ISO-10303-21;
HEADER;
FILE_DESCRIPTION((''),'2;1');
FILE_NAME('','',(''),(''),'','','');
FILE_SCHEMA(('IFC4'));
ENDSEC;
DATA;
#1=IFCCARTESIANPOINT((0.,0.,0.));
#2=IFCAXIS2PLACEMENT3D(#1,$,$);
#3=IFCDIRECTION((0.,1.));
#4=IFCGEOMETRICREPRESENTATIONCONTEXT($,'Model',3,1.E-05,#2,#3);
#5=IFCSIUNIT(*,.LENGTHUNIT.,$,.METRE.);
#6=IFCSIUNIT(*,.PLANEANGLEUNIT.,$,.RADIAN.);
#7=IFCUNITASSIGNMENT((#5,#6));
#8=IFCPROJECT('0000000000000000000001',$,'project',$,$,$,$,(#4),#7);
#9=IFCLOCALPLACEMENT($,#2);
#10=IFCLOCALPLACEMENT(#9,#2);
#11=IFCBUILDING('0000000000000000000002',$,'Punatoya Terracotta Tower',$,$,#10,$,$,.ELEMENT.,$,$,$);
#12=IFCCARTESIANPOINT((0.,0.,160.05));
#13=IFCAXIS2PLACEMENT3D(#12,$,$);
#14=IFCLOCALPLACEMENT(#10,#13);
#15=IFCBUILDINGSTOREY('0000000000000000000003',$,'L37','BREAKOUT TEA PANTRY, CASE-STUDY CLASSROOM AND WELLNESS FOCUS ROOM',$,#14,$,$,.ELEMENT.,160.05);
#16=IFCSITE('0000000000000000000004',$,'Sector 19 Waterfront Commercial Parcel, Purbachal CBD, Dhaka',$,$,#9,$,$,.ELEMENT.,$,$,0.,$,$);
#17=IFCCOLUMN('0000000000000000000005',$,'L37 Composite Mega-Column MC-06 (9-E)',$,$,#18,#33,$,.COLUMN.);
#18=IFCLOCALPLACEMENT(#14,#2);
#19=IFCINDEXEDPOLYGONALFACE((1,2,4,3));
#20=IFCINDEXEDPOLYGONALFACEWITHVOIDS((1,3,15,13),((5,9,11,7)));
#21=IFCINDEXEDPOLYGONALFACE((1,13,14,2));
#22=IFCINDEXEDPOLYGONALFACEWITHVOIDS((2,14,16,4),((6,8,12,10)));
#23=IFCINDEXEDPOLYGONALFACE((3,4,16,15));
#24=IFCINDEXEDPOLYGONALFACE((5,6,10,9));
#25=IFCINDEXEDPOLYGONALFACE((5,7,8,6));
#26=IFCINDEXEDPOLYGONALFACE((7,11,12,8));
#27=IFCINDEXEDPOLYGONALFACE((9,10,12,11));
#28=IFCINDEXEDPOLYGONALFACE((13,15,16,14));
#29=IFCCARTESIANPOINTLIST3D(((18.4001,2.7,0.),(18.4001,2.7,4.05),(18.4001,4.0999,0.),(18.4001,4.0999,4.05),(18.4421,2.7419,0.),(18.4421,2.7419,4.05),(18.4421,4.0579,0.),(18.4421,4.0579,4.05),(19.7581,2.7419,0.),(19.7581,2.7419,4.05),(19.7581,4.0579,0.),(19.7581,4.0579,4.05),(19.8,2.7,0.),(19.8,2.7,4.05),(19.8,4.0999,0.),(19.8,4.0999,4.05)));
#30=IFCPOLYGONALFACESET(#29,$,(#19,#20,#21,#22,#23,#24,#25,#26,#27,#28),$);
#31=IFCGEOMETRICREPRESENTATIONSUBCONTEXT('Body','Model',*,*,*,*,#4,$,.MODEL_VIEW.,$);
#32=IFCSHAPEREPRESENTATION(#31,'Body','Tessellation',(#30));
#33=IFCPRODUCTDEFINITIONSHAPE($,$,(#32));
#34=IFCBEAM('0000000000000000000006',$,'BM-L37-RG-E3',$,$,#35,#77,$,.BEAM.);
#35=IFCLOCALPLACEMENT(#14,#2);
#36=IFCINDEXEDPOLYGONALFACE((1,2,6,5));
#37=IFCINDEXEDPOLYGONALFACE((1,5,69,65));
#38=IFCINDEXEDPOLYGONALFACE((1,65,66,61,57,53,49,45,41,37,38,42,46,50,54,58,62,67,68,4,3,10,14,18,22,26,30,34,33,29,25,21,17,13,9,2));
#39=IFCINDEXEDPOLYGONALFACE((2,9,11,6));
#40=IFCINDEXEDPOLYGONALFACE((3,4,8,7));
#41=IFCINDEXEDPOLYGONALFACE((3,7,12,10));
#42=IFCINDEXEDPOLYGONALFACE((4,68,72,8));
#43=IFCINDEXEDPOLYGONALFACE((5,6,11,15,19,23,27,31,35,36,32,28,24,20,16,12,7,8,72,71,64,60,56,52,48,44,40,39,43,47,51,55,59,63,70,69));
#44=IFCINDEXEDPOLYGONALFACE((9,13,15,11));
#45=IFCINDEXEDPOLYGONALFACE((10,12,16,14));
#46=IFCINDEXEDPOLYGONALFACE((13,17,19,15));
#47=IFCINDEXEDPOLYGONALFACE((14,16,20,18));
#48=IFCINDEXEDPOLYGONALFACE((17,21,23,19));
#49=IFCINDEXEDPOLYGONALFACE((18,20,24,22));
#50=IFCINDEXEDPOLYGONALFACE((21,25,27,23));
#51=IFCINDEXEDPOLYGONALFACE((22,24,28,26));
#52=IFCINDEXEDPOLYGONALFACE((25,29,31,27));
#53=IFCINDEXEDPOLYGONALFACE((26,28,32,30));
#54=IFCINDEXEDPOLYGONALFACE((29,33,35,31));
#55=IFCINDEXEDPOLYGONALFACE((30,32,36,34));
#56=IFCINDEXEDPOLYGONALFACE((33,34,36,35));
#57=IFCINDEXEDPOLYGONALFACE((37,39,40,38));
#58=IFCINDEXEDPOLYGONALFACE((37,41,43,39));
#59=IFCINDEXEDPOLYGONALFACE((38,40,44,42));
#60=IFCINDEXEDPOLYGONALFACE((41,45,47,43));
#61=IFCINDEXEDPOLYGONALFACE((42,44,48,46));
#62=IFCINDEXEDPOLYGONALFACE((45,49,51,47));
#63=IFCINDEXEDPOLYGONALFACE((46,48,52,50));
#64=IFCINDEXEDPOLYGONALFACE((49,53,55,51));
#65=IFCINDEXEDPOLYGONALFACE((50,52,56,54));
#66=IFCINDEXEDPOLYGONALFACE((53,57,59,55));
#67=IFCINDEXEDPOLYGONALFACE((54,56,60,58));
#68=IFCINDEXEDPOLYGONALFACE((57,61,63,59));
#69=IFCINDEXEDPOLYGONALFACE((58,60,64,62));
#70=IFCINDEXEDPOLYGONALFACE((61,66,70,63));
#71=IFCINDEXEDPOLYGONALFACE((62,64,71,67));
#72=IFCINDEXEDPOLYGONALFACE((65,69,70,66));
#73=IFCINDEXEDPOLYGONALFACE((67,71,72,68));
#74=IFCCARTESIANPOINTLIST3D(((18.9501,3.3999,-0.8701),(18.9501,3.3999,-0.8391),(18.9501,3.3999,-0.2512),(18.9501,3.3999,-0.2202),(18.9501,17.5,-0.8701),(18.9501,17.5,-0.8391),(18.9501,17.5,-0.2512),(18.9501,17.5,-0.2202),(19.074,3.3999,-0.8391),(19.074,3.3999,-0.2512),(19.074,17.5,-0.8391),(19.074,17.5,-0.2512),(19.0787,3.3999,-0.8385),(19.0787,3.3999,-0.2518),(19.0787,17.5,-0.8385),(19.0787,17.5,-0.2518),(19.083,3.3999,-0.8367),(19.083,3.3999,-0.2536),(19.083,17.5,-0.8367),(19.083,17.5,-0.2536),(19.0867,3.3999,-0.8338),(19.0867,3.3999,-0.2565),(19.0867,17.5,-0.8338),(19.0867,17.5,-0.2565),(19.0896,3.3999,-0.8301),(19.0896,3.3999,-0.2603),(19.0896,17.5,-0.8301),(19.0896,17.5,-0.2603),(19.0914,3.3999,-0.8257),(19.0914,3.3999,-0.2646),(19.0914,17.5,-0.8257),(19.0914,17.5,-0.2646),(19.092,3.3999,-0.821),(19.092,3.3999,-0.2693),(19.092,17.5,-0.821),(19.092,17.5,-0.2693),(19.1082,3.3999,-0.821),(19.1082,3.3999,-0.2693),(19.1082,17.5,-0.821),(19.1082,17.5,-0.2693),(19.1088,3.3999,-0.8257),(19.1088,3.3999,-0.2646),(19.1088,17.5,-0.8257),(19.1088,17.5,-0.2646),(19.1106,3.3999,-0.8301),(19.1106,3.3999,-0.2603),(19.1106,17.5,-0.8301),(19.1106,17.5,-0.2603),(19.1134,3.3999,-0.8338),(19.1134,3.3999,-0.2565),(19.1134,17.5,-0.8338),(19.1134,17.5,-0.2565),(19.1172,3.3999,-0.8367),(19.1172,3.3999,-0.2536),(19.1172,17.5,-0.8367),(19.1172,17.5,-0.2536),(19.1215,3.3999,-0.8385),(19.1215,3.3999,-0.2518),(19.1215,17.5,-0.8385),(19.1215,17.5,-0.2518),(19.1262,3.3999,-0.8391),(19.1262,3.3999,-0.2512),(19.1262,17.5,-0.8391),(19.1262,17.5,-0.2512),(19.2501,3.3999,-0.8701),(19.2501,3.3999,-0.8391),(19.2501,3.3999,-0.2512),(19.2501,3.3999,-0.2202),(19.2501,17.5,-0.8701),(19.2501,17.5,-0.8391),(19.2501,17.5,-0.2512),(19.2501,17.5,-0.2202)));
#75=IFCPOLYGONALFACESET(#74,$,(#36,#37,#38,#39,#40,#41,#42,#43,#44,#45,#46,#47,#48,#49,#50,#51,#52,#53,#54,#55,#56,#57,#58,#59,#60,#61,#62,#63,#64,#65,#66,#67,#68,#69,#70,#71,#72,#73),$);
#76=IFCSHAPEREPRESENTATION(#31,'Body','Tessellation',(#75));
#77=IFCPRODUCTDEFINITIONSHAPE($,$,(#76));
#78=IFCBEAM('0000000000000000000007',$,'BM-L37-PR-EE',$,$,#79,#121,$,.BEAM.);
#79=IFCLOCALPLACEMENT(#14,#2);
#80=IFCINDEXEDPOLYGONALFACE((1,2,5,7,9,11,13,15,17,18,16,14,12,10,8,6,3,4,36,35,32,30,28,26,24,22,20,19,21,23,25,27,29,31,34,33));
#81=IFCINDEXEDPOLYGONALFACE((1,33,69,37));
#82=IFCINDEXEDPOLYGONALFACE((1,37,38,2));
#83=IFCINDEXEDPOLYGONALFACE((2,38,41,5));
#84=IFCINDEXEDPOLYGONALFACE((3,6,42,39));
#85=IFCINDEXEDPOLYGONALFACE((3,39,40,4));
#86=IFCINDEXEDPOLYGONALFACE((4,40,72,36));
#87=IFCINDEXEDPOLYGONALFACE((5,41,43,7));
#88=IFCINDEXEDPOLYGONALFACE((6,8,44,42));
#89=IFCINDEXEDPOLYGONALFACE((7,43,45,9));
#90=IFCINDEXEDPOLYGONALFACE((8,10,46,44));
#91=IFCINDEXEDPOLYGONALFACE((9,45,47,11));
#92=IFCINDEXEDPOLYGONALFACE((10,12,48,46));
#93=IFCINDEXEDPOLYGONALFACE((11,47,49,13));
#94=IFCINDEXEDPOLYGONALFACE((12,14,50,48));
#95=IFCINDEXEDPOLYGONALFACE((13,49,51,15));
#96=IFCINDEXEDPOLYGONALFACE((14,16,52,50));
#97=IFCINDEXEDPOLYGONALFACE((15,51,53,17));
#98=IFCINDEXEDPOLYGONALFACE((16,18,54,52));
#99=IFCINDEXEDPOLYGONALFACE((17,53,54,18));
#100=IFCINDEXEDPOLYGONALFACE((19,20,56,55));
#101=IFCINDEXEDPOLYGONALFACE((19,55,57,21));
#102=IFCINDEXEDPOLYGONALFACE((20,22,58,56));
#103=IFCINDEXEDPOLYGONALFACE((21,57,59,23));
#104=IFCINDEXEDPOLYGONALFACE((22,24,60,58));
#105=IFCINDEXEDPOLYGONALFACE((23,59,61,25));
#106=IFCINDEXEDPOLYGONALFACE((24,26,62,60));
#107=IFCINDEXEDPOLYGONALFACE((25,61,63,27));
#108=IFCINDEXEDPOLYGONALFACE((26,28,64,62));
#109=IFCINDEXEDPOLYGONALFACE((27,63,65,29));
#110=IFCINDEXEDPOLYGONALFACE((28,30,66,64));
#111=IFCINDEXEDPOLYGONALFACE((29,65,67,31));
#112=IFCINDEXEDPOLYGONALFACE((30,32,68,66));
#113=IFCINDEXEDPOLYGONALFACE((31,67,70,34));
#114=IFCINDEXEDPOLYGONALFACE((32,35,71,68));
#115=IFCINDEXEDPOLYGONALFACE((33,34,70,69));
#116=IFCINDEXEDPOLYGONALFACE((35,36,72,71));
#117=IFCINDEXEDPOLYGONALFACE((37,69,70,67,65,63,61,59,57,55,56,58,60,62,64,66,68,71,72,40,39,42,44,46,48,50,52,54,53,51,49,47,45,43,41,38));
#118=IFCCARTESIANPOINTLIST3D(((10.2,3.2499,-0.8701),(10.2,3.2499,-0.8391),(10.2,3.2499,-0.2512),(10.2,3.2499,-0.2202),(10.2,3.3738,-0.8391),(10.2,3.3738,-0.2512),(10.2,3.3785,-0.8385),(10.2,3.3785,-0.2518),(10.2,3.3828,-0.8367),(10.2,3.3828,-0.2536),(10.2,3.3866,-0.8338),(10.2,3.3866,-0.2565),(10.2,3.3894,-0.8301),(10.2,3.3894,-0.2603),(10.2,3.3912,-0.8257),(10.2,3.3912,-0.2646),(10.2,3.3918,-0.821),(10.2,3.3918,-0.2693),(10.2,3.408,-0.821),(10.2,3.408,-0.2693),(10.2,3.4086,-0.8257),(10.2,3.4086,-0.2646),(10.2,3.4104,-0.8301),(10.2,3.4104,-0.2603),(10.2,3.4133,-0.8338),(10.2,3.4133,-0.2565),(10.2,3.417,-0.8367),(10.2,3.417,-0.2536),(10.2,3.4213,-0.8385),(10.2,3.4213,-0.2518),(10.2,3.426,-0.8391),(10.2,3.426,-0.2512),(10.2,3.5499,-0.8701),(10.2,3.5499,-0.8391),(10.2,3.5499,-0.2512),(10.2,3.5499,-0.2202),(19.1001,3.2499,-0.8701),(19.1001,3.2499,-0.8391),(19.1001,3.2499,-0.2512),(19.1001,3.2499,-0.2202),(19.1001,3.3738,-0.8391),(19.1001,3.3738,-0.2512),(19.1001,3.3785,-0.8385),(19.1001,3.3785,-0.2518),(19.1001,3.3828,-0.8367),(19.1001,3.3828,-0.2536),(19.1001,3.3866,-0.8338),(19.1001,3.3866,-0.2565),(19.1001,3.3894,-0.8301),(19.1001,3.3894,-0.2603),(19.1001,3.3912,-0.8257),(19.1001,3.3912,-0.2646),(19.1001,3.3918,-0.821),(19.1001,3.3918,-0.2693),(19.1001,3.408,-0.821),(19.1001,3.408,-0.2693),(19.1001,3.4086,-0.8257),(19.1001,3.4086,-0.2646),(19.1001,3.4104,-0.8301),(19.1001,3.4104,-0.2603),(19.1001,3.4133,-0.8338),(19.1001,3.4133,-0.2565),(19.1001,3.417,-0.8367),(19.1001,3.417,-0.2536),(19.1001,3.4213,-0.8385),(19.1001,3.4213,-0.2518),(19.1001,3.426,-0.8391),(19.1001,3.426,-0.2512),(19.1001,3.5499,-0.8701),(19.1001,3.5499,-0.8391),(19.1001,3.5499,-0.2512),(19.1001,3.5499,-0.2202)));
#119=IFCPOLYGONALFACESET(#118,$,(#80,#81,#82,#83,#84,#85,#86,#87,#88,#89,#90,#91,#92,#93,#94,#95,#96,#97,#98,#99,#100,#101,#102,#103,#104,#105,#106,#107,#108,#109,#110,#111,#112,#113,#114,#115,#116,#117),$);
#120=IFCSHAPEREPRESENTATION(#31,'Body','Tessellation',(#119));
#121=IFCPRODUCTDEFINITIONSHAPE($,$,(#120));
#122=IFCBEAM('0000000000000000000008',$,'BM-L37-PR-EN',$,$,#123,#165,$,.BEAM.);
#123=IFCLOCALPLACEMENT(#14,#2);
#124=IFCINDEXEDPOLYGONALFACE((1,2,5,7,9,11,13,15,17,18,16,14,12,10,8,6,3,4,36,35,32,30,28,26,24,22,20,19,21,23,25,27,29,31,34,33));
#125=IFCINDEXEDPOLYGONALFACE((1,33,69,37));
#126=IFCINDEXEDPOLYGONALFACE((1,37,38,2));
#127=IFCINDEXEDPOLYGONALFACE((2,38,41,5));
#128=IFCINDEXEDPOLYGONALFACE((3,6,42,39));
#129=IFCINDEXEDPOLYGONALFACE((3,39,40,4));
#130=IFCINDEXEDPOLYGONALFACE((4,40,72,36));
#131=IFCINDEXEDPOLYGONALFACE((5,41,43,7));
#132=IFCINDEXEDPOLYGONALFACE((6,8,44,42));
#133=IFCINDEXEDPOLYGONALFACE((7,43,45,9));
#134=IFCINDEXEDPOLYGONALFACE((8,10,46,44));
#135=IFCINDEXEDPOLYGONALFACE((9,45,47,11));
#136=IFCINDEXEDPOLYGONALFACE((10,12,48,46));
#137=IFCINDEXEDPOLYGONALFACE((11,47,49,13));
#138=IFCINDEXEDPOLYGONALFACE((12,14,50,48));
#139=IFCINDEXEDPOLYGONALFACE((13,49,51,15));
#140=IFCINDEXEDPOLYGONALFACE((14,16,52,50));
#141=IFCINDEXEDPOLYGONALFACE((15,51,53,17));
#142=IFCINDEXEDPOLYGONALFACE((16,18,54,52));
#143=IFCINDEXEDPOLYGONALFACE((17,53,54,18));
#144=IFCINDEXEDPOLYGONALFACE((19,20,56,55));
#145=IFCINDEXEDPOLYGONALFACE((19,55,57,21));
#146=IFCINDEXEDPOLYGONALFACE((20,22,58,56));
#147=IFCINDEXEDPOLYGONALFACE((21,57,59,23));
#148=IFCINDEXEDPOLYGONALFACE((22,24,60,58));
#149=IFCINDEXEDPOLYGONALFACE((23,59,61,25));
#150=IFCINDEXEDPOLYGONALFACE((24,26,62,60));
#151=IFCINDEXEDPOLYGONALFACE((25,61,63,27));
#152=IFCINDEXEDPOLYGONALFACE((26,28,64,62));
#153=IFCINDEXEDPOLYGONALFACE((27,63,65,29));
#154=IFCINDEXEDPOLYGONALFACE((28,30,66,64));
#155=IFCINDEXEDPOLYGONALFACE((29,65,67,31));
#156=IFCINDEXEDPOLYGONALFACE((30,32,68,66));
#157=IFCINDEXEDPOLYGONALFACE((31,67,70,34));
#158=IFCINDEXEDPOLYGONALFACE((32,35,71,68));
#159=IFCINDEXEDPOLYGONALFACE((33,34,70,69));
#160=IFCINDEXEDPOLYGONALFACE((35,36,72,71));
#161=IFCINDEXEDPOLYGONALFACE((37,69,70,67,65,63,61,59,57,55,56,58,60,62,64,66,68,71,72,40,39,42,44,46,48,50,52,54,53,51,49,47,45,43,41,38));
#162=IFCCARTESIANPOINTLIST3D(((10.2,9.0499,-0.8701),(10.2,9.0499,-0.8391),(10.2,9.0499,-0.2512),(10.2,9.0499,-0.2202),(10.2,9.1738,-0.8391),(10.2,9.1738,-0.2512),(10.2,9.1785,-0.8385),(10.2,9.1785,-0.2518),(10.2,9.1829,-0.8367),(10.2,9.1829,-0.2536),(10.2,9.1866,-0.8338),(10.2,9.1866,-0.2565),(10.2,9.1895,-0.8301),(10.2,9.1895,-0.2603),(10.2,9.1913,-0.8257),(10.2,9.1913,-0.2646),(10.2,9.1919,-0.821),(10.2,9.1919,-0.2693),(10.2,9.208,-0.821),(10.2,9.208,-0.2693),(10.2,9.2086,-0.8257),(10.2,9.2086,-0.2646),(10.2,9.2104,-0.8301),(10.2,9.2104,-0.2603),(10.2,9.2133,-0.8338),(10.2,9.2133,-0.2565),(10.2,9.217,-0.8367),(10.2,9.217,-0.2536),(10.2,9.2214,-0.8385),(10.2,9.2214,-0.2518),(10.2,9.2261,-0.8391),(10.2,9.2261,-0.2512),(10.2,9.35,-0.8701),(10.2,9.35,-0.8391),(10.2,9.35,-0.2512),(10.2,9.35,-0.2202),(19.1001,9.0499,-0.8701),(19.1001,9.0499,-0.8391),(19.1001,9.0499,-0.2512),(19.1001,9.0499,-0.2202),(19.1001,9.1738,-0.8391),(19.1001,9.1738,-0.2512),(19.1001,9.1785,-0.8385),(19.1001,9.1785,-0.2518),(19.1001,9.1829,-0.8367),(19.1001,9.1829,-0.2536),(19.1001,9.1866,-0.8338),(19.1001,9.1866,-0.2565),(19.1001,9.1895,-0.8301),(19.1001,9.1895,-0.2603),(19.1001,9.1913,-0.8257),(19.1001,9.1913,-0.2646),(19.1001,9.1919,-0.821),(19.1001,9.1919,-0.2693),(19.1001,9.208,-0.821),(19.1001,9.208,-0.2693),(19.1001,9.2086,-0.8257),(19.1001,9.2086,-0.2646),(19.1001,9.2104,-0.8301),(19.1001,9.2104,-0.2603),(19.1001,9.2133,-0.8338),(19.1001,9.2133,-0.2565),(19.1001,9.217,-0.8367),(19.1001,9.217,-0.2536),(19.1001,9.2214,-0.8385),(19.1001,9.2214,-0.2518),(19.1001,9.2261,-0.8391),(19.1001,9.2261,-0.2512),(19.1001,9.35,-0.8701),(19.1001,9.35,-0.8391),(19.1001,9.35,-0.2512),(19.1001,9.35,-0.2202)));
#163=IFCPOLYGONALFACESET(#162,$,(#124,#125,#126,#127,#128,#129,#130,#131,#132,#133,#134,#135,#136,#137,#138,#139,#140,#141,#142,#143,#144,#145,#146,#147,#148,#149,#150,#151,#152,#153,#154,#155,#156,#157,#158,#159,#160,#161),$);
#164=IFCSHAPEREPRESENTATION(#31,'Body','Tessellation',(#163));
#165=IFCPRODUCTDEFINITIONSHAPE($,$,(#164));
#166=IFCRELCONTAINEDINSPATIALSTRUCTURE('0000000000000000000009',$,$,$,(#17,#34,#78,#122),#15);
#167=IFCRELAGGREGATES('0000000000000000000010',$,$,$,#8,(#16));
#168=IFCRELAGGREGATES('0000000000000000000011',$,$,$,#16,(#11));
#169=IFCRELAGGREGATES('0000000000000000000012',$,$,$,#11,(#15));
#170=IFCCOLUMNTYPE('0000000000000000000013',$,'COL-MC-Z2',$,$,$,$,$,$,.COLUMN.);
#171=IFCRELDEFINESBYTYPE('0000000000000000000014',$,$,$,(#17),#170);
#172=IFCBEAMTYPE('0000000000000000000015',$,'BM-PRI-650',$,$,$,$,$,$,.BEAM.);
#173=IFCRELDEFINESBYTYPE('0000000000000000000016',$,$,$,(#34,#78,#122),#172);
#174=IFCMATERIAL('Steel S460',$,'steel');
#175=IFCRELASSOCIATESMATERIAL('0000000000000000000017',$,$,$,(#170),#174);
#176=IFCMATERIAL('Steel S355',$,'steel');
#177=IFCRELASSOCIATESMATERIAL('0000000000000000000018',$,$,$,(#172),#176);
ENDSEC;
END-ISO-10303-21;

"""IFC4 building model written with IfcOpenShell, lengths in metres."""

from ifc_helpers import new_model, si_unit, direction, frame, origin, origin_2d, place, context, subcontext, project, spatial, hollow_rectangle, i_section, extrude, material, material_profile, profile_set, type_object, element, save


model = new_model("IFC4")

# Units and contexts
model_context = context("Model", 3, precision=1e-05, world=origin(), true_north=direction((0.0, 1.0)))
body_context = subcontext(model_context, "Body", "Model", "MODEL_VIEW")
ifc_project = project(units=[si_unit("LENGTHUNIT", "METRE"), si_unit("PLANEANGLEUNIT", "RADIAN")], contexts=[model_context])

# Site, building, storey
site_placement = place(None, origin())
site = spatial("IfcSite", under=ifc_project, at=site_placement, Name="Sector 19 Waterfront Commercial Parcel, Purbachal CBD, Dhaka", CompositionType="ELEMENT", RefElevation=0.0)
building_placement = place(site_placement, origin())
building = spatial("IfcBuilding", under=site, at=building_placement, Name="Punatoya Terracotta Tower", CompositionType="ELEMENT")
storey_placement = place(building_placement, frame((0.0, 0.0, 160.05)))
storey = spatial("IfcBuildingStorey", under=building, at=storey_placement, Name="L37", Description="BREAKOUT TEA PANTRY, CASE-STUDY CLASSROOM AND WELLNESS FOCUS ROOM", CompositionType="ELEMENT", Elevation=160.05)

# Column
ifc_material_1 = material(Name="Steel S460", Category="steel")
ifc_material_profile_1 = material_profile(ifc_material_1, hollow_rectangle(XDim=1.3999, YDim=1.3999, WallThickness=0.042, at=origin_2d()))
ifc_profile_set_1 = profile_set([ifc_material_profile_1], Name="Steel S460")
column_type = type_object("IfcColumnType", Name="COL-MC-Z2", PredefinedType="COLUMN", material=ifc_profile_set_1)
column_placement = place(storey_placement, frame((19.1001, 3.3999, 0.0), z_axis=(0.0, 0.0, 1.0), x_axis=(1.0, 0.0, 0.0)))
element("IfcColumn", 1, at=column_placement, inside=storey, type_object=column_type, Name="L37 Composite Mega-Column MC-06 (9-E)", PredefinedType="COLUMN", context=body_context, shape_type="SweptSolid", body=[
    extrude(hollow_rectangle(XDim=1.3999, YDim=1.3999, WallThickness=0.042, at=origin_2d()), origin(), (0.0, 0.0, 1.0), 4.05),
])

# Beams
ifc_material_2 = material(Name="Steel S355", Category="steel")
ifc_material_profile_2 = material_profile(ifc_material_2, i_section(OverallWidth=0.3, OverallDepth=0.6499, WebThickness=0.0161, FlangeThickness=0.031, FilletRadius=0.0181, at=origin_2d()))
ifc_profile_set_2 = profile_set([ifc_material_profile_2], Name="Steel S355")
beam_type_1 = type_object("IfcBeamType", Name="BM-PRI-650", PredefinedType="BEAM", material=ifc_profile_set_2)
beam_1_placement = place(storey_placement, frame((19.1001, 3.3999, -0.5452), z_axis=(0.0, 1.0, 0.0), x_axis=(-1.0, 0.0, 0.0)))
element("IfcBeam", 2, at=beam_1_placement, inside=storey, type_object=beam_type_1, Name="BM-L37-RG-E3", PredefinedType="BEAM", context=body_context, shape_type="SweptSolid", body=[
    extrude(i_section(OverallWidth=0.3, OverallDepth=0.6499, WebThickness=0.0161, FlangeThickness=0.031, FilletRadius=0.0181, at=origin_2d()), origin(), (0.0, 0.0, 1.0), 14.1001),
])
for number, where, z_axis, x_axis, name in (
    (3, (10.2, 3.3999, -0.5452), (1.0, 0.0, 0.0), (0.0, 1.0, 0.0), "BM-L37-PR-EE"),
    (4, (10.2, 9.2, -0.5452), (1.0, 0.0, 0.0), (0.0, 1.0, 0.0), "BM-L37-PR-EN"),
):
    element("IfcBeam", number, at=place(storey_placement, frame(where, z_axis=z_axis, x_axis=x_axis)), inside=storey, type_object=beam_type_1, Name=name, PredefinedType="BEAM", context=body_context, shape_type="SweptSolid", body=[
        extrude(i_section(OverallWidth=0.3, OverallDepth=0.6499, WebThickness=0.0161, FlangeThickness=0.031, FilletRadius=0.0181, at=origin_2d()), origin(), (0.0, 0.0, 1.0), 8.9001),
    ])

save(model, "model.ifc")
